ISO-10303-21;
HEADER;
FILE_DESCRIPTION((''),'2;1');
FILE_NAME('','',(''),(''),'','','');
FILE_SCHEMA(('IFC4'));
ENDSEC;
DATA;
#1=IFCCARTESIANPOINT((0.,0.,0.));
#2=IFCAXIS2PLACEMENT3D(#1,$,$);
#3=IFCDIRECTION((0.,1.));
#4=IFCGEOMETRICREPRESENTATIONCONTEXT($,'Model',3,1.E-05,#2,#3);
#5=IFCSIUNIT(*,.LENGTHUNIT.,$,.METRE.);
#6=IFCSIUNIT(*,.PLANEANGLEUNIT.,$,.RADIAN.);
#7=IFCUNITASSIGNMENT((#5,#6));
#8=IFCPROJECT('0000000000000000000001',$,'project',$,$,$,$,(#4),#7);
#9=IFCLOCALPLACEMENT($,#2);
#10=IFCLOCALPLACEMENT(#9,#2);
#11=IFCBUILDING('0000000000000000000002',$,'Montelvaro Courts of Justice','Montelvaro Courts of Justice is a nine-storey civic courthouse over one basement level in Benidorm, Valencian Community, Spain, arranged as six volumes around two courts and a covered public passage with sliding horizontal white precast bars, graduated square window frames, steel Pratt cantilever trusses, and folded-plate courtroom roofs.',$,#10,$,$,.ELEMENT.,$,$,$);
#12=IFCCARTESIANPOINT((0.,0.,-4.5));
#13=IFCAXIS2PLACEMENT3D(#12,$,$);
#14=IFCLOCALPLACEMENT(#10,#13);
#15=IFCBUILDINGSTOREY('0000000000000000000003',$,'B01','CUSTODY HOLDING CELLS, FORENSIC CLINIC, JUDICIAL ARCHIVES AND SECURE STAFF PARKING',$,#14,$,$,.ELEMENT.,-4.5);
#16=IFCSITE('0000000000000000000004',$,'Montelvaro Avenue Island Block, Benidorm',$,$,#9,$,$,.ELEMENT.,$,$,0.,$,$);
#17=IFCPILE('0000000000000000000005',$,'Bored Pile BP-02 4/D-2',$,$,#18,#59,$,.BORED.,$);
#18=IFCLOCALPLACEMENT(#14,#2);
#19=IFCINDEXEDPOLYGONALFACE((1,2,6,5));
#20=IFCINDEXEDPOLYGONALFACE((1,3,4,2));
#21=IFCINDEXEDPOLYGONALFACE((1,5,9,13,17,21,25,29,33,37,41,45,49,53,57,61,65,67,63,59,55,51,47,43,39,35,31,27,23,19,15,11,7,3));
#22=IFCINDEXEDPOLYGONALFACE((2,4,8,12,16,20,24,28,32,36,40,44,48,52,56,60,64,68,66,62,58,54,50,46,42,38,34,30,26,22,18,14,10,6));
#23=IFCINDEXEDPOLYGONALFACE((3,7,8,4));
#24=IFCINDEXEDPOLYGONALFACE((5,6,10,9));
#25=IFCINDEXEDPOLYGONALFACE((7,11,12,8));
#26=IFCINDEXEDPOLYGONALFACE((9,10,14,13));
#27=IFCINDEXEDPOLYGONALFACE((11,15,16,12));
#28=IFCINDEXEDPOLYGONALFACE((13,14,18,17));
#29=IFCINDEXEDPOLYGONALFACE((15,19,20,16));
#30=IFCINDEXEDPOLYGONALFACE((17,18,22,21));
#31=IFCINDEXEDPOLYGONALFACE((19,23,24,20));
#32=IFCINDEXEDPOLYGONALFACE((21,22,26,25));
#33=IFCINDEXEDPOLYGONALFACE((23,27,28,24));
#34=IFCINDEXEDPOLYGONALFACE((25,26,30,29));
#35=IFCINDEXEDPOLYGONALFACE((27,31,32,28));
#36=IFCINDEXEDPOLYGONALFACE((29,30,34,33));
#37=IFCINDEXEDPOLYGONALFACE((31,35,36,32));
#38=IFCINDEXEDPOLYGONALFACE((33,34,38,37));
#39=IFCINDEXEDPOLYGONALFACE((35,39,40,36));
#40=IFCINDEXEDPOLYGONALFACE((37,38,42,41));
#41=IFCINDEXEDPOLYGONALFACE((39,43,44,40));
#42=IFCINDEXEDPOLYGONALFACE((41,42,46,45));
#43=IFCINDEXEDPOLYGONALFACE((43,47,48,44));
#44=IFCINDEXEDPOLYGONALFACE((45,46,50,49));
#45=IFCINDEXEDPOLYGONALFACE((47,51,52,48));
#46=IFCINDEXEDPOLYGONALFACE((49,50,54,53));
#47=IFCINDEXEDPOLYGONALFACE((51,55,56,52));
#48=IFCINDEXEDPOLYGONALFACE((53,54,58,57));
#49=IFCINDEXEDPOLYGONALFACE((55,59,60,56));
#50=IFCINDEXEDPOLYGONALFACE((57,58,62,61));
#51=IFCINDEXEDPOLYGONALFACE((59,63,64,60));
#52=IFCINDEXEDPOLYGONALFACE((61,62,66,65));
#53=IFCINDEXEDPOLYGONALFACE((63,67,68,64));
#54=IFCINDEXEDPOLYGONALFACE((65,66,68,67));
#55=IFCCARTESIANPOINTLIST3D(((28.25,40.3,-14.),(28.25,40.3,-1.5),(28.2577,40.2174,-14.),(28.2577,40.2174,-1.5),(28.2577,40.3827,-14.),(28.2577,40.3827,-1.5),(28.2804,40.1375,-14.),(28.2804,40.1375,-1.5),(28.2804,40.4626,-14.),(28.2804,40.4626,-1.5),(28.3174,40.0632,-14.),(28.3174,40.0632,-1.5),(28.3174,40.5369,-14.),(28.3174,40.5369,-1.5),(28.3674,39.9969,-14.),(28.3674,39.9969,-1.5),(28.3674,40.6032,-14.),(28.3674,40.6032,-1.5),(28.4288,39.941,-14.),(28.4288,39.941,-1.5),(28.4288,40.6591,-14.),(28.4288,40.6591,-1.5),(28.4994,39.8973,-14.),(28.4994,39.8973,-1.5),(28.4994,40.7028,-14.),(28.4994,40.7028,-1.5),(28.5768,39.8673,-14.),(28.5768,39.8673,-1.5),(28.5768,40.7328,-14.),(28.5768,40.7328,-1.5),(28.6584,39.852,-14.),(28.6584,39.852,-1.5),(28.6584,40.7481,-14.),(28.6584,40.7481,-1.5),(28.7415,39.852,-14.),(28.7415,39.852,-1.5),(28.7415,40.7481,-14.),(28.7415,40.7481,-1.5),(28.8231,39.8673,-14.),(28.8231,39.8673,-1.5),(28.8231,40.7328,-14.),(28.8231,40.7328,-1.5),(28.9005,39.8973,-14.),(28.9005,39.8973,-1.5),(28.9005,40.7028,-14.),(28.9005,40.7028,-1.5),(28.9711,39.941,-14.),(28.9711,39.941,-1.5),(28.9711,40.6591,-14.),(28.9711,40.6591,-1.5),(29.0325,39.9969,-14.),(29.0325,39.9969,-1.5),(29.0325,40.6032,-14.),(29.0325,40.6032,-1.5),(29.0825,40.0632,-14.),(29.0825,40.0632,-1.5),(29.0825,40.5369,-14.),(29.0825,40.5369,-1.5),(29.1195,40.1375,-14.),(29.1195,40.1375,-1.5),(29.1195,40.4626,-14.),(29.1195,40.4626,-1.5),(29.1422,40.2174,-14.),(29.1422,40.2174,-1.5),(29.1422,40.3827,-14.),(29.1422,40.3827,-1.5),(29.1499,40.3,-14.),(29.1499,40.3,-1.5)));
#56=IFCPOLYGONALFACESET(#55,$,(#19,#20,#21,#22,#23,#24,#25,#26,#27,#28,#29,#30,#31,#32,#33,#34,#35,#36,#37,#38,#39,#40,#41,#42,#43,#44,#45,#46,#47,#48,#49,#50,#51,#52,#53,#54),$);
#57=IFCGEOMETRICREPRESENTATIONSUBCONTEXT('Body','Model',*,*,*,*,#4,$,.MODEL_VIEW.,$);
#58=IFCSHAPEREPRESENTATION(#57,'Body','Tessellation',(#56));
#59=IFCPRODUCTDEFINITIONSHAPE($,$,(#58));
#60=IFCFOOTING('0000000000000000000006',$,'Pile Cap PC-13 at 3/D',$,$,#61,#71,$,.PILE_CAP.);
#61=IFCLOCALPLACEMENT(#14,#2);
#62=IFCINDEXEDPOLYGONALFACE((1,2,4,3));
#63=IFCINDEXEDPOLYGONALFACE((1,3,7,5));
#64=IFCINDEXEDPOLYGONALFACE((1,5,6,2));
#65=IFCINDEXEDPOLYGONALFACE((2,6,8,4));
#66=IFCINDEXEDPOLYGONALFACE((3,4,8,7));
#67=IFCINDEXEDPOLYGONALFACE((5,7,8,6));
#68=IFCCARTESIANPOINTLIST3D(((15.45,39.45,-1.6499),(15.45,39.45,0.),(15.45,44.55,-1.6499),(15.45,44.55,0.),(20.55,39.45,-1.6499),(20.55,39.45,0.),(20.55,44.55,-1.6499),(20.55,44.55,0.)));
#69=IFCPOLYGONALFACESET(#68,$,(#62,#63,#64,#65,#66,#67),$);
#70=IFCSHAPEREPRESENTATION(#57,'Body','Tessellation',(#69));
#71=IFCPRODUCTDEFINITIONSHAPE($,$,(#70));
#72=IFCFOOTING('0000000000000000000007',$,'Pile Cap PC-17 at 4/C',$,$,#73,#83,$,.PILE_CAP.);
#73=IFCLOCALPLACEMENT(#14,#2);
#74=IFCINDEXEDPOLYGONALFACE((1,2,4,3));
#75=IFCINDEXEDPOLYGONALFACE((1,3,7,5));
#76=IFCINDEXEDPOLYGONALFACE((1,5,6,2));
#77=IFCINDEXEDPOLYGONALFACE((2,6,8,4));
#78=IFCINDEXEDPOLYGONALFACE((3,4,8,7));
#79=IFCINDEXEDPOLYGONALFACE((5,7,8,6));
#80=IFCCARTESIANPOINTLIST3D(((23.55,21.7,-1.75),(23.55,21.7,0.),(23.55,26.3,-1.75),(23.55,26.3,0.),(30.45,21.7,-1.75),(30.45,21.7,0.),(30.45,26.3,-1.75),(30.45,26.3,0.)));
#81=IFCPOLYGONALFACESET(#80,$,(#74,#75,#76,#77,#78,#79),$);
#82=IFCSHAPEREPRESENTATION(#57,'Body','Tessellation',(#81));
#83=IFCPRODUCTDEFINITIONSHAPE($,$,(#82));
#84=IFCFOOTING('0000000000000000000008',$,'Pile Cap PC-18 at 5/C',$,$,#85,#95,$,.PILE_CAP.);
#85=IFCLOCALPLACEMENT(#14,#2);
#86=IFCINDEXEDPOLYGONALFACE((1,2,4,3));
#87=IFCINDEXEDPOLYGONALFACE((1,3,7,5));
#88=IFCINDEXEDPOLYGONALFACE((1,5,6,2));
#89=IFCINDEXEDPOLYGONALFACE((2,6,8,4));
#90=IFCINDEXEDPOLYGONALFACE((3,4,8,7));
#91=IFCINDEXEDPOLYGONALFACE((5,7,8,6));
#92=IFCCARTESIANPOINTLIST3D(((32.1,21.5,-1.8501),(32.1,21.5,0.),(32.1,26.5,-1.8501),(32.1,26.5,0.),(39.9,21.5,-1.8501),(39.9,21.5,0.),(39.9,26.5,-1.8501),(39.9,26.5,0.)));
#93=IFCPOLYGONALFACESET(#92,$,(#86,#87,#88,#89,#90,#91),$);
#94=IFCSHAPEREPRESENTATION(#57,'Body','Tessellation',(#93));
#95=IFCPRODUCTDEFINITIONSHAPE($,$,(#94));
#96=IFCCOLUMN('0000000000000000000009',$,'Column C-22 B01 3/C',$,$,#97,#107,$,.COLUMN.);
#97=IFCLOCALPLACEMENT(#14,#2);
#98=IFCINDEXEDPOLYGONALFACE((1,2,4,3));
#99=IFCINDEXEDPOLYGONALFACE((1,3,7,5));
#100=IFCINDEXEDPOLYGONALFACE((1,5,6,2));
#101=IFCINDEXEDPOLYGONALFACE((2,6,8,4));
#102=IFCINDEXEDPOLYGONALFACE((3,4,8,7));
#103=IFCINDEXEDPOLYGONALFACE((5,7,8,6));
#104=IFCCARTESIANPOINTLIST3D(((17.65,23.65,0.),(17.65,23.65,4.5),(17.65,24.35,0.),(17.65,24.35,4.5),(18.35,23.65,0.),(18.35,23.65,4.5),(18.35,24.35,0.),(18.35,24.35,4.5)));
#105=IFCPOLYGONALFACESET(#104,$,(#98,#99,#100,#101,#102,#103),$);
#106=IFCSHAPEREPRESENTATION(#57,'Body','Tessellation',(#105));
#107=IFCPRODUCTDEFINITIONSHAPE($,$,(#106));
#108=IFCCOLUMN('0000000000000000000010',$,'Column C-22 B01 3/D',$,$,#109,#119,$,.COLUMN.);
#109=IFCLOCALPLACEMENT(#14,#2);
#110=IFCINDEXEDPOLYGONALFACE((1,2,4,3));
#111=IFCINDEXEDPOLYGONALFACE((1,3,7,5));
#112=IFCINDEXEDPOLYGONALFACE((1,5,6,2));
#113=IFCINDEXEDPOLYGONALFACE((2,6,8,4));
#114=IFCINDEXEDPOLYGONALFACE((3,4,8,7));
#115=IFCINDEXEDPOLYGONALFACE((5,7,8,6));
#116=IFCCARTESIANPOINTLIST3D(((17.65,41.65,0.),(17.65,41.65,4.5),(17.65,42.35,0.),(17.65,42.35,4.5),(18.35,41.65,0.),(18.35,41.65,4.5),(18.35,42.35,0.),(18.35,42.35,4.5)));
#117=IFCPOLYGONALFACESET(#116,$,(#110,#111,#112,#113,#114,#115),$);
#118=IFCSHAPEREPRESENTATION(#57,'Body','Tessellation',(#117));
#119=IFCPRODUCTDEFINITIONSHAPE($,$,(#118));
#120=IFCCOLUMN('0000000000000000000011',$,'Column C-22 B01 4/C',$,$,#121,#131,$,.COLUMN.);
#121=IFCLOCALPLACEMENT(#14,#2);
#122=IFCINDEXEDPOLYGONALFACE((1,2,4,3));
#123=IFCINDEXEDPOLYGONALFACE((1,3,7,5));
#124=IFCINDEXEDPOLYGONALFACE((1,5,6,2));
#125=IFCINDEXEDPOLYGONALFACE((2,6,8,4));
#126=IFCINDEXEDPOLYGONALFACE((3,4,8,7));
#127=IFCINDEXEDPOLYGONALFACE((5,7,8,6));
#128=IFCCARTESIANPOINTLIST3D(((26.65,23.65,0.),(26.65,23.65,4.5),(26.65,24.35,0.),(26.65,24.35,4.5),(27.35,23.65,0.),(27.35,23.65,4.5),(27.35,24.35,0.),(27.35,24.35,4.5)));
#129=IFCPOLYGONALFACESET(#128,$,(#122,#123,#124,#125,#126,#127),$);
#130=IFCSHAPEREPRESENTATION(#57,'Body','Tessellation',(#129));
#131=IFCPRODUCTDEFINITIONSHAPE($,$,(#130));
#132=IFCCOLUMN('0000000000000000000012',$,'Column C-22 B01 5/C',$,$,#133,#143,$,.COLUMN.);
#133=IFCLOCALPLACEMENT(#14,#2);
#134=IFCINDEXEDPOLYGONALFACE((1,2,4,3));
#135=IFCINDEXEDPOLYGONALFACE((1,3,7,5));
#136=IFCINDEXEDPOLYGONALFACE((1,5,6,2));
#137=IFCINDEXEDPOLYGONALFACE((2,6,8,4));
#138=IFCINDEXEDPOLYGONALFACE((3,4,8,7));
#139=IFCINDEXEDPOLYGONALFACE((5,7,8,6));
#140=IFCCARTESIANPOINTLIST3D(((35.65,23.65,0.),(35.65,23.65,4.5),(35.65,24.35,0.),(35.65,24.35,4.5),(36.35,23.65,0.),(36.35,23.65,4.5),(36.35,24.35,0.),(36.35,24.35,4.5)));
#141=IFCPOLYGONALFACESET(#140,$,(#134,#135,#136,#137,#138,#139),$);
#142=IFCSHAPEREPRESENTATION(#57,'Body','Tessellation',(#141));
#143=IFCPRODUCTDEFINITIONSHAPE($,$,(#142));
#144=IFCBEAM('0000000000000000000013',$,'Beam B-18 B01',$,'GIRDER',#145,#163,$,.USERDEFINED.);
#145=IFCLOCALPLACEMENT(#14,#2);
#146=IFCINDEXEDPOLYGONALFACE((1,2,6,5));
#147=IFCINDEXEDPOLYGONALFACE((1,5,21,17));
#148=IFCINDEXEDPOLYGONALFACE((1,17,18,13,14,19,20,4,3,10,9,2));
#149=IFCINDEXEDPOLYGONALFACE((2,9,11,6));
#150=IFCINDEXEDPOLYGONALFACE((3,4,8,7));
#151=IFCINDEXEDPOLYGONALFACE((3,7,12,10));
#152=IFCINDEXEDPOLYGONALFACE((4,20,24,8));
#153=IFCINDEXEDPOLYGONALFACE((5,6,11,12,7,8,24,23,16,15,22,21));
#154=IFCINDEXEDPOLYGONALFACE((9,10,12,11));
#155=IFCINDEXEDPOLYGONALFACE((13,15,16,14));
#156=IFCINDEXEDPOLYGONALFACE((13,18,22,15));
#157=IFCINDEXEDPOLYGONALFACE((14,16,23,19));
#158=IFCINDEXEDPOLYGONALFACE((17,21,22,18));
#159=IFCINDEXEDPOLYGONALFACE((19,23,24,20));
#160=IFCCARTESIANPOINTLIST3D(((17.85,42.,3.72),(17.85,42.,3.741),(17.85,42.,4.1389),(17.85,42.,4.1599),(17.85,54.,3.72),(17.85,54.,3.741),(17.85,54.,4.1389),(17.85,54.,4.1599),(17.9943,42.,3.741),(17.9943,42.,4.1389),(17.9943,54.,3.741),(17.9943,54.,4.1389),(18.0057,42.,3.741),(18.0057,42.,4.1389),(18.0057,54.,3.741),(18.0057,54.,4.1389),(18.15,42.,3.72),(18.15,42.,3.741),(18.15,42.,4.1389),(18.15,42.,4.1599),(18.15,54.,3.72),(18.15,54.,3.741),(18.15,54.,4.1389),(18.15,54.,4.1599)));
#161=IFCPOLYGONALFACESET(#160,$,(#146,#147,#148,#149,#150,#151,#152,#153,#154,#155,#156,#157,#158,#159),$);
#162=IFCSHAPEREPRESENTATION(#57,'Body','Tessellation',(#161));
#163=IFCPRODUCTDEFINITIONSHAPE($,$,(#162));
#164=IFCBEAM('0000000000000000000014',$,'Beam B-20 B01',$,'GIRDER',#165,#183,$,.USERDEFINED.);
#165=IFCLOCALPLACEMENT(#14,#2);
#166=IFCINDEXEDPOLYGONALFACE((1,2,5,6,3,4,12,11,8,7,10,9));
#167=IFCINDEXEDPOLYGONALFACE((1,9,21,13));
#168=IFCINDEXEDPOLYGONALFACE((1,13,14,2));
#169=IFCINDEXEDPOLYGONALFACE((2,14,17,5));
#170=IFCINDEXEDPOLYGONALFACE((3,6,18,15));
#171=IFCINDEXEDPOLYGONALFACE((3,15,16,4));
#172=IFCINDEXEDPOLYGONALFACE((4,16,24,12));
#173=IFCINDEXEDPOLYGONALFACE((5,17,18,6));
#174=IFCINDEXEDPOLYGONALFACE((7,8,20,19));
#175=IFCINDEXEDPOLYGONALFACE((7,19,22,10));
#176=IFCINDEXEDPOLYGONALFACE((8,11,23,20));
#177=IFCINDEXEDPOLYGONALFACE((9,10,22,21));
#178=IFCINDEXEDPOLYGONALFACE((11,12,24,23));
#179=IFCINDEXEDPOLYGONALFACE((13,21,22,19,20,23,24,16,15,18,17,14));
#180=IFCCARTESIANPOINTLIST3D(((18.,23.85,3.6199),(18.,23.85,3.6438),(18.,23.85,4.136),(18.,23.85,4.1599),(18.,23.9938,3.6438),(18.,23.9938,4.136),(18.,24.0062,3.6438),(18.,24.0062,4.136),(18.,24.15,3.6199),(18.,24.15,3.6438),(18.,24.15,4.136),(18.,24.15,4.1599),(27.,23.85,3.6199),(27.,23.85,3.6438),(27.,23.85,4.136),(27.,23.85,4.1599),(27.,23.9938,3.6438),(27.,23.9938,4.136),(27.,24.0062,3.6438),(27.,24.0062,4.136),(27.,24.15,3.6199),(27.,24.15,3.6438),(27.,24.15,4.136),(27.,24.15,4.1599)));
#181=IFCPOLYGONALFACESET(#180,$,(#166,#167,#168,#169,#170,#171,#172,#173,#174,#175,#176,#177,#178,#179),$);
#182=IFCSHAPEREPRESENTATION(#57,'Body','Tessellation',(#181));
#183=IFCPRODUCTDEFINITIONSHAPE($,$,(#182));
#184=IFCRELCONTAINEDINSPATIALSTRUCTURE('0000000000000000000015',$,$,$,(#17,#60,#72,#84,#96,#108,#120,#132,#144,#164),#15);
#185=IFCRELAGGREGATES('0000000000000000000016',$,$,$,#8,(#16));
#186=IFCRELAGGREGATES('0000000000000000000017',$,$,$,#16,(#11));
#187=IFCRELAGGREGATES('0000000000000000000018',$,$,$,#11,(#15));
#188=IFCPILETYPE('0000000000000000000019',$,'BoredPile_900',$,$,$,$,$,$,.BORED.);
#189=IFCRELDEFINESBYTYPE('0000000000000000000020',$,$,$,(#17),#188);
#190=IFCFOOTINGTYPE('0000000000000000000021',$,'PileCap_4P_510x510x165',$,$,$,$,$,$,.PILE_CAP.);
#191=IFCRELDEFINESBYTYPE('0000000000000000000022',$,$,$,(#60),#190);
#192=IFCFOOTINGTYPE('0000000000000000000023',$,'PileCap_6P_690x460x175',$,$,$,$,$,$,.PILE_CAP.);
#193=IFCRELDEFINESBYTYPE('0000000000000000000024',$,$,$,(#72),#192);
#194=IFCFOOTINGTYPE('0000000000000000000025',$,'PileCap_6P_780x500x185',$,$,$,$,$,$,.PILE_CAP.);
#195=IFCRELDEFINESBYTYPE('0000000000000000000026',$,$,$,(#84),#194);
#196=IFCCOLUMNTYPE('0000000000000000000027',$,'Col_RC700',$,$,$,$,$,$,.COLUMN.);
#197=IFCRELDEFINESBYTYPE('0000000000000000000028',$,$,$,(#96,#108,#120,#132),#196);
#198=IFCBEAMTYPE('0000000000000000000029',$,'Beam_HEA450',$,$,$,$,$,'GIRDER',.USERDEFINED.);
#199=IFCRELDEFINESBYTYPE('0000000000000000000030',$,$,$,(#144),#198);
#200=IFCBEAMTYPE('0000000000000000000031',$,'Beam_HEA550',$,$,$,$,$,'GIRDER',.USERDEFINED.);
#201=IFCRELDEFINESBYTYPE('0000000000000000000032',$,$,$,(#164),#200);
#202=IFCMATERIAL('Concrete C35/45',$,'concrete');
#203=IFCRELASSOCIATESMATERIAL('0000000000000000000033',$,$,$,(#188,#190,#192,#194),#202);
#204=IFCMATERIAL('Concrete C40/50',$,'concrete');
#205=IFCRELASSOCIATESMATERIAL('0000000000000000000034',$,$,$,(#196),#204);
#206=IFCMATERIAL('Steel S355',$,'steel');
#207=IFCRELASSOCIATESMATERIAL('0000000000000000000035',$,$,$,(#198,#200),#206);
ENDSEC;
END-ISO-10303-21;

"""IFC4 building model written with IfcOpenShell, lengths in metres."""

from ifc_helpers import new_model, si_unit, direction, frame, origin, origin_2d, place, context, subcontext, project, spatial, rectangle, circle, i_section, extrude, material, material_profile, profile_set, type_object, element, save


model = new_model("IFC4")

# Units and contexts
model_context = context("Model", 3, precision=1e-05, world=origin(), true_north=direction((0.0, 1.0)))
body_context = subcontext(model_context, "Body", "Model", "MODEL_VIEW")
ifc_project = project(units=[si_unit("LENGTHUNIT", "METRE"), si_unit("PLANEANGLEUNIT", "RADIAN")], contexts=[model_context])

# Site, building, storey
site_placement = place(None, origin())
site = spatial("IfcSite", under=ifc_project, at=site_placement, Name="Montelvaro Avenue Island Block, Benidorm", CompositionType="ELEMENT", RefElevation=0.0)
building_placement = place(site_placement, origin())
building = spatial("IfcBuilding", under=site, at=building_placement, Name="Montelvaro Courts of Justice", Description="Montelvaro Courts of Justice is a nine-storey civic courthouse over one basement level in Benidorm, Valencian Community, Spain, arranged as six volumes around two courts and a covered public passage with sliding horizontal white precast bars, graduated square window frames, steel Pratt cantilever trusses, and folded-plate courtroom roofs.", CompositionType="ELEMENT")
storey_placement = place(building_placement, frame((0.0, 0.0, -4.5)))
storey = spatial("IfcBuildingStorey", under=building, at=storey_placement, Name="B01", Description="CUSTODY HOLDING CELLS, FORENSIC CLINIC, JUDICIAL ARCHIVES AND SECURE STAFF PARKING", CompositionType="ELEMENT", Elevation=-4.5)

# Pile
ifc_material_1 = material(Name="Concrete C35/45", Category="concrete")
ifc_material_profile_1 = material_profile(ifc_material_1, circle(Radius=0.45, at=origin_2d()), Name="BORED PILE D900")
ifc_profile_set_1 = profile_set([ifc_material_profile_1], Name="Concrete C35/45")
pile_type_1 = type_object("IfcPileType", Name="BoredPile_900", PredefinedType="BORED", material=ifc_profile_set_1)
for number, where, z_axis, x_axis, name in (
    (1, (28.7, 40.3, -1.5), (0.0, 0.0, -1.0), (1.0, 0.0, 0.0), "Bored Pile BP-02 4/D-2"),
):
    element("IfcPile", number, at=place(storey_placement, frame(where, z_axis=z_axis, x_axis=x_axis)), inside=storey, type_object=pile_type_1, Name=name, PredefinedType="BORED", context=body_context, shape_type="SweptSolid", body=[
        extrude(circle(Radius=0.45, at=origin_2d()), origin(), (0.0, 0.0, 1.0), 12.5),
    ])

# Footings
footing_type_1 = type_object("IfcFootingType", Name="PileCap_4P_510x510x165", PredefinedType="PILE_CAP", material=ifc_material_1)
footing_1_placement = place(storey_placement, frame((18.0, 42.0, -1.6499), z_axis=(0.0, 0.0, 1.0), x_axis=(1.0, 0.0, 0.0)))
element("IfcFooting", 2, at=footing_1_placement, inside=storey, type_object=footing_type_1, Name="Pile Cap PC-13 at 3/D", PredefinedType="PILE_CAP", context=body_context, shape_type="SweptSolid", body=[
    extrude(rectangle(XDim=5.1001, YDim=5.1001, at=origin_2d()), origin(), (0.0, 0.0, 1.0), 1.6499),
])
footing_type_2 = type_object("IfcFootingType", Name="PileCap_6P_690x460x175", PredefinedType="PILE_CAP", material=ifc_material_1)
footing_2_placement = place(storey_placement, frame((27.0, 24.0, -1.75), z_axis=(0.0, 0.0, 1.0), x_axis=(1.0, 0.0, 0.0)))
element("IfcFooting", 3, at=footing_2_placement, inside=storey, type_object=footing_type_2, Name="Pile Cap PC-17 at 4/C", PredefinedType="PILE_CAP", context=body_context, shape_type="SweptSolid", body=[
    extrude(rectangle(XDim=6.8999, YDim=4.6001, at=origin_2d()), origin(), (0.0, 0.0, 1.0), 1.75),
])
footing_type_3 = type_object("IfcFootingType", Name="PileCap_6P_780x500x185", PredefinedType="PILE_CAP", material=ifc_material_1)
footing_3_placement = place(storey_placement, frame((36.0, 24.0, -1.8501), z_axis=(0.0, 0.0, 1.0), x_axis=(1.0, 0.0, 0.0)))
element("IfcFooting", 4, at=footing_3_placement, inside=storey, type_object=footing_type_3, Name="Pile Cap PC-18 at 5/C", PredefinedType="PILE_CAP", context=body_context, shape_type="SweptSolid", body=[
    extrude(rectangle(XDim=7.8, YDim=5.0, at=origin_2d()), origin(), (0.0, 0.0, 1.0), 1.8501),
])

# Columns
ifc_material_2 = material(Name="Concrete C40/50", Category="concrete")
ifc_material_profile_2 = material_profile(ifc_material_2, rectangle(XDim=0.7, YDim=0.7, at=origin_2d()), Name="RC 700x700")
ifc_profile_set_2 = profile_set([ifc_material_profile_2], Name="Concrete C40/50")
column_type = type_object("IfcColumnType", Name="Col_RC700", PredefinedType="COLUMN", material=ifc_profile_set_2)
for number, where, z_axis, x_axis, name in (
    (5, (18.0, 24.0, 0.0), (0.0, 0.0, 1.0), (1.0, 0.0, 0.0), "Column C-22 B01 3/C"),
    (6, (18.0, 42.0, 0.0), (0.0, 0.0, 1.0), (1.0, 0.0, 0.0), "Column C-22 B01 3/D"),
    (7, (27.0, 24.0, 0.0), (0.0, 0.0, 1.0), (1.0, 0.0, 0.0), "Column C-22 B01 4/C"),
    (8, (36.0, 24.0, 0.0), (0.0, 0.0, 1.0), (1.0, 0.0, 0.0), "Column C-22 B01 5/C"),
):
    element("IfcColumn", number, at=place(storey_placement, frame(where, z_axis=z_axis, x_axis=x_axis)), inside=storey, type_object=column_type, Name=name, PredefinedType="COLUMN", context=body_context, shape_type="SweptSolid", body=[
        extrude(rectangle(XDim=0.7, YDim=0.7, at=origin_2d()), origin(), (0.0, 0.0, 1.0), 4.5),
    ])

# Beams
ifc_material_3 = material(Name="Steel S355", Category="steel")
ifc_material_profile_3 = material_profile(ifc_material_3, i_section(OverallWidth=0.3, OverallDepth=0.4399, WebThickness=0.0115, FlangeThickness=0.021, at=origin_2d()), Name="HEA 450")
ifc_profile_set_3 = profile_set([ifc_material_profile_3], Name="Steel S355")
beam_type_1 = type_object("IfcBeamType", Name="Beam_HEA450", ElementType="GIRDER", PredefinedType="USERDEFINED", material=ifc_profile_set_3)
beam_1_placement = place(storey_placement, frame((18.0, 42.0, 3.9399), z_axis=(0.0, 1.0, 0.0), x_axis=(-1.0, 0.0, 0.0)))
element("IfcBeam", 9, at=beam_1_placement, inside=storey, type_object=beam_type_1, Name="Beam B-18 B01", ObjectType="GIRDER", PredefinedType="USERDEFINED", context=body_context, shape_type="SweptSolid", body=[
    extrude(i_section(OverallWidth=0.3, OverallDepth=0.4399, WebThickness=0.0115, FlangeThickness=0.021, at=origin_2d()), origin(), (0.0, 0.0, 1.0), 12.0),
])
ifc_material_profile_4 = material_profile(ifc_material_3, i_section(OverallWidth=0.3, OverallDepth=0.54, WebThickness=0.0125, FlangeThickness=0.0239, at=origin_2d()), Name="HEA 550")
ifc_profile_set_4 = profile_set([ifc_material_profile_4], Name="Steel S355")
beam_type_2 = type_object("IfcBeamType", Name="Beam_HEA550", ElementType="GIRDER", PredefinedType="USERDEFINED", material=ifc_profile_set_4)
for number, where, z_axis, x_axis, name in (
    (10, (18.0, 24.0, 3.8899), (1.0, 0.0, 0.0), (0.0, 1.0, 0.0), "Beam B-20 B01"),
):
    element("IfcBeam", number, at=place(storey_placement, frame(where, z_axis=z_axis, x_axis=x_axis)), inside=storey, type_object=beam_type_2, Name=name, ObjectType="GIRDER", PredefinedType="USERDEFINED", context=body_context, shape_type="SweptSolid", body=[
        extrude(i_section(OverallWidth=0.3, OverallDepth=0.54, WebThickness=0.0125, FlangeThickness=0.0239, at=origin_2d()), origin(), (0.0, 0.0, 1.0), 9.0),
    ])

save(model, "model.ifc")
